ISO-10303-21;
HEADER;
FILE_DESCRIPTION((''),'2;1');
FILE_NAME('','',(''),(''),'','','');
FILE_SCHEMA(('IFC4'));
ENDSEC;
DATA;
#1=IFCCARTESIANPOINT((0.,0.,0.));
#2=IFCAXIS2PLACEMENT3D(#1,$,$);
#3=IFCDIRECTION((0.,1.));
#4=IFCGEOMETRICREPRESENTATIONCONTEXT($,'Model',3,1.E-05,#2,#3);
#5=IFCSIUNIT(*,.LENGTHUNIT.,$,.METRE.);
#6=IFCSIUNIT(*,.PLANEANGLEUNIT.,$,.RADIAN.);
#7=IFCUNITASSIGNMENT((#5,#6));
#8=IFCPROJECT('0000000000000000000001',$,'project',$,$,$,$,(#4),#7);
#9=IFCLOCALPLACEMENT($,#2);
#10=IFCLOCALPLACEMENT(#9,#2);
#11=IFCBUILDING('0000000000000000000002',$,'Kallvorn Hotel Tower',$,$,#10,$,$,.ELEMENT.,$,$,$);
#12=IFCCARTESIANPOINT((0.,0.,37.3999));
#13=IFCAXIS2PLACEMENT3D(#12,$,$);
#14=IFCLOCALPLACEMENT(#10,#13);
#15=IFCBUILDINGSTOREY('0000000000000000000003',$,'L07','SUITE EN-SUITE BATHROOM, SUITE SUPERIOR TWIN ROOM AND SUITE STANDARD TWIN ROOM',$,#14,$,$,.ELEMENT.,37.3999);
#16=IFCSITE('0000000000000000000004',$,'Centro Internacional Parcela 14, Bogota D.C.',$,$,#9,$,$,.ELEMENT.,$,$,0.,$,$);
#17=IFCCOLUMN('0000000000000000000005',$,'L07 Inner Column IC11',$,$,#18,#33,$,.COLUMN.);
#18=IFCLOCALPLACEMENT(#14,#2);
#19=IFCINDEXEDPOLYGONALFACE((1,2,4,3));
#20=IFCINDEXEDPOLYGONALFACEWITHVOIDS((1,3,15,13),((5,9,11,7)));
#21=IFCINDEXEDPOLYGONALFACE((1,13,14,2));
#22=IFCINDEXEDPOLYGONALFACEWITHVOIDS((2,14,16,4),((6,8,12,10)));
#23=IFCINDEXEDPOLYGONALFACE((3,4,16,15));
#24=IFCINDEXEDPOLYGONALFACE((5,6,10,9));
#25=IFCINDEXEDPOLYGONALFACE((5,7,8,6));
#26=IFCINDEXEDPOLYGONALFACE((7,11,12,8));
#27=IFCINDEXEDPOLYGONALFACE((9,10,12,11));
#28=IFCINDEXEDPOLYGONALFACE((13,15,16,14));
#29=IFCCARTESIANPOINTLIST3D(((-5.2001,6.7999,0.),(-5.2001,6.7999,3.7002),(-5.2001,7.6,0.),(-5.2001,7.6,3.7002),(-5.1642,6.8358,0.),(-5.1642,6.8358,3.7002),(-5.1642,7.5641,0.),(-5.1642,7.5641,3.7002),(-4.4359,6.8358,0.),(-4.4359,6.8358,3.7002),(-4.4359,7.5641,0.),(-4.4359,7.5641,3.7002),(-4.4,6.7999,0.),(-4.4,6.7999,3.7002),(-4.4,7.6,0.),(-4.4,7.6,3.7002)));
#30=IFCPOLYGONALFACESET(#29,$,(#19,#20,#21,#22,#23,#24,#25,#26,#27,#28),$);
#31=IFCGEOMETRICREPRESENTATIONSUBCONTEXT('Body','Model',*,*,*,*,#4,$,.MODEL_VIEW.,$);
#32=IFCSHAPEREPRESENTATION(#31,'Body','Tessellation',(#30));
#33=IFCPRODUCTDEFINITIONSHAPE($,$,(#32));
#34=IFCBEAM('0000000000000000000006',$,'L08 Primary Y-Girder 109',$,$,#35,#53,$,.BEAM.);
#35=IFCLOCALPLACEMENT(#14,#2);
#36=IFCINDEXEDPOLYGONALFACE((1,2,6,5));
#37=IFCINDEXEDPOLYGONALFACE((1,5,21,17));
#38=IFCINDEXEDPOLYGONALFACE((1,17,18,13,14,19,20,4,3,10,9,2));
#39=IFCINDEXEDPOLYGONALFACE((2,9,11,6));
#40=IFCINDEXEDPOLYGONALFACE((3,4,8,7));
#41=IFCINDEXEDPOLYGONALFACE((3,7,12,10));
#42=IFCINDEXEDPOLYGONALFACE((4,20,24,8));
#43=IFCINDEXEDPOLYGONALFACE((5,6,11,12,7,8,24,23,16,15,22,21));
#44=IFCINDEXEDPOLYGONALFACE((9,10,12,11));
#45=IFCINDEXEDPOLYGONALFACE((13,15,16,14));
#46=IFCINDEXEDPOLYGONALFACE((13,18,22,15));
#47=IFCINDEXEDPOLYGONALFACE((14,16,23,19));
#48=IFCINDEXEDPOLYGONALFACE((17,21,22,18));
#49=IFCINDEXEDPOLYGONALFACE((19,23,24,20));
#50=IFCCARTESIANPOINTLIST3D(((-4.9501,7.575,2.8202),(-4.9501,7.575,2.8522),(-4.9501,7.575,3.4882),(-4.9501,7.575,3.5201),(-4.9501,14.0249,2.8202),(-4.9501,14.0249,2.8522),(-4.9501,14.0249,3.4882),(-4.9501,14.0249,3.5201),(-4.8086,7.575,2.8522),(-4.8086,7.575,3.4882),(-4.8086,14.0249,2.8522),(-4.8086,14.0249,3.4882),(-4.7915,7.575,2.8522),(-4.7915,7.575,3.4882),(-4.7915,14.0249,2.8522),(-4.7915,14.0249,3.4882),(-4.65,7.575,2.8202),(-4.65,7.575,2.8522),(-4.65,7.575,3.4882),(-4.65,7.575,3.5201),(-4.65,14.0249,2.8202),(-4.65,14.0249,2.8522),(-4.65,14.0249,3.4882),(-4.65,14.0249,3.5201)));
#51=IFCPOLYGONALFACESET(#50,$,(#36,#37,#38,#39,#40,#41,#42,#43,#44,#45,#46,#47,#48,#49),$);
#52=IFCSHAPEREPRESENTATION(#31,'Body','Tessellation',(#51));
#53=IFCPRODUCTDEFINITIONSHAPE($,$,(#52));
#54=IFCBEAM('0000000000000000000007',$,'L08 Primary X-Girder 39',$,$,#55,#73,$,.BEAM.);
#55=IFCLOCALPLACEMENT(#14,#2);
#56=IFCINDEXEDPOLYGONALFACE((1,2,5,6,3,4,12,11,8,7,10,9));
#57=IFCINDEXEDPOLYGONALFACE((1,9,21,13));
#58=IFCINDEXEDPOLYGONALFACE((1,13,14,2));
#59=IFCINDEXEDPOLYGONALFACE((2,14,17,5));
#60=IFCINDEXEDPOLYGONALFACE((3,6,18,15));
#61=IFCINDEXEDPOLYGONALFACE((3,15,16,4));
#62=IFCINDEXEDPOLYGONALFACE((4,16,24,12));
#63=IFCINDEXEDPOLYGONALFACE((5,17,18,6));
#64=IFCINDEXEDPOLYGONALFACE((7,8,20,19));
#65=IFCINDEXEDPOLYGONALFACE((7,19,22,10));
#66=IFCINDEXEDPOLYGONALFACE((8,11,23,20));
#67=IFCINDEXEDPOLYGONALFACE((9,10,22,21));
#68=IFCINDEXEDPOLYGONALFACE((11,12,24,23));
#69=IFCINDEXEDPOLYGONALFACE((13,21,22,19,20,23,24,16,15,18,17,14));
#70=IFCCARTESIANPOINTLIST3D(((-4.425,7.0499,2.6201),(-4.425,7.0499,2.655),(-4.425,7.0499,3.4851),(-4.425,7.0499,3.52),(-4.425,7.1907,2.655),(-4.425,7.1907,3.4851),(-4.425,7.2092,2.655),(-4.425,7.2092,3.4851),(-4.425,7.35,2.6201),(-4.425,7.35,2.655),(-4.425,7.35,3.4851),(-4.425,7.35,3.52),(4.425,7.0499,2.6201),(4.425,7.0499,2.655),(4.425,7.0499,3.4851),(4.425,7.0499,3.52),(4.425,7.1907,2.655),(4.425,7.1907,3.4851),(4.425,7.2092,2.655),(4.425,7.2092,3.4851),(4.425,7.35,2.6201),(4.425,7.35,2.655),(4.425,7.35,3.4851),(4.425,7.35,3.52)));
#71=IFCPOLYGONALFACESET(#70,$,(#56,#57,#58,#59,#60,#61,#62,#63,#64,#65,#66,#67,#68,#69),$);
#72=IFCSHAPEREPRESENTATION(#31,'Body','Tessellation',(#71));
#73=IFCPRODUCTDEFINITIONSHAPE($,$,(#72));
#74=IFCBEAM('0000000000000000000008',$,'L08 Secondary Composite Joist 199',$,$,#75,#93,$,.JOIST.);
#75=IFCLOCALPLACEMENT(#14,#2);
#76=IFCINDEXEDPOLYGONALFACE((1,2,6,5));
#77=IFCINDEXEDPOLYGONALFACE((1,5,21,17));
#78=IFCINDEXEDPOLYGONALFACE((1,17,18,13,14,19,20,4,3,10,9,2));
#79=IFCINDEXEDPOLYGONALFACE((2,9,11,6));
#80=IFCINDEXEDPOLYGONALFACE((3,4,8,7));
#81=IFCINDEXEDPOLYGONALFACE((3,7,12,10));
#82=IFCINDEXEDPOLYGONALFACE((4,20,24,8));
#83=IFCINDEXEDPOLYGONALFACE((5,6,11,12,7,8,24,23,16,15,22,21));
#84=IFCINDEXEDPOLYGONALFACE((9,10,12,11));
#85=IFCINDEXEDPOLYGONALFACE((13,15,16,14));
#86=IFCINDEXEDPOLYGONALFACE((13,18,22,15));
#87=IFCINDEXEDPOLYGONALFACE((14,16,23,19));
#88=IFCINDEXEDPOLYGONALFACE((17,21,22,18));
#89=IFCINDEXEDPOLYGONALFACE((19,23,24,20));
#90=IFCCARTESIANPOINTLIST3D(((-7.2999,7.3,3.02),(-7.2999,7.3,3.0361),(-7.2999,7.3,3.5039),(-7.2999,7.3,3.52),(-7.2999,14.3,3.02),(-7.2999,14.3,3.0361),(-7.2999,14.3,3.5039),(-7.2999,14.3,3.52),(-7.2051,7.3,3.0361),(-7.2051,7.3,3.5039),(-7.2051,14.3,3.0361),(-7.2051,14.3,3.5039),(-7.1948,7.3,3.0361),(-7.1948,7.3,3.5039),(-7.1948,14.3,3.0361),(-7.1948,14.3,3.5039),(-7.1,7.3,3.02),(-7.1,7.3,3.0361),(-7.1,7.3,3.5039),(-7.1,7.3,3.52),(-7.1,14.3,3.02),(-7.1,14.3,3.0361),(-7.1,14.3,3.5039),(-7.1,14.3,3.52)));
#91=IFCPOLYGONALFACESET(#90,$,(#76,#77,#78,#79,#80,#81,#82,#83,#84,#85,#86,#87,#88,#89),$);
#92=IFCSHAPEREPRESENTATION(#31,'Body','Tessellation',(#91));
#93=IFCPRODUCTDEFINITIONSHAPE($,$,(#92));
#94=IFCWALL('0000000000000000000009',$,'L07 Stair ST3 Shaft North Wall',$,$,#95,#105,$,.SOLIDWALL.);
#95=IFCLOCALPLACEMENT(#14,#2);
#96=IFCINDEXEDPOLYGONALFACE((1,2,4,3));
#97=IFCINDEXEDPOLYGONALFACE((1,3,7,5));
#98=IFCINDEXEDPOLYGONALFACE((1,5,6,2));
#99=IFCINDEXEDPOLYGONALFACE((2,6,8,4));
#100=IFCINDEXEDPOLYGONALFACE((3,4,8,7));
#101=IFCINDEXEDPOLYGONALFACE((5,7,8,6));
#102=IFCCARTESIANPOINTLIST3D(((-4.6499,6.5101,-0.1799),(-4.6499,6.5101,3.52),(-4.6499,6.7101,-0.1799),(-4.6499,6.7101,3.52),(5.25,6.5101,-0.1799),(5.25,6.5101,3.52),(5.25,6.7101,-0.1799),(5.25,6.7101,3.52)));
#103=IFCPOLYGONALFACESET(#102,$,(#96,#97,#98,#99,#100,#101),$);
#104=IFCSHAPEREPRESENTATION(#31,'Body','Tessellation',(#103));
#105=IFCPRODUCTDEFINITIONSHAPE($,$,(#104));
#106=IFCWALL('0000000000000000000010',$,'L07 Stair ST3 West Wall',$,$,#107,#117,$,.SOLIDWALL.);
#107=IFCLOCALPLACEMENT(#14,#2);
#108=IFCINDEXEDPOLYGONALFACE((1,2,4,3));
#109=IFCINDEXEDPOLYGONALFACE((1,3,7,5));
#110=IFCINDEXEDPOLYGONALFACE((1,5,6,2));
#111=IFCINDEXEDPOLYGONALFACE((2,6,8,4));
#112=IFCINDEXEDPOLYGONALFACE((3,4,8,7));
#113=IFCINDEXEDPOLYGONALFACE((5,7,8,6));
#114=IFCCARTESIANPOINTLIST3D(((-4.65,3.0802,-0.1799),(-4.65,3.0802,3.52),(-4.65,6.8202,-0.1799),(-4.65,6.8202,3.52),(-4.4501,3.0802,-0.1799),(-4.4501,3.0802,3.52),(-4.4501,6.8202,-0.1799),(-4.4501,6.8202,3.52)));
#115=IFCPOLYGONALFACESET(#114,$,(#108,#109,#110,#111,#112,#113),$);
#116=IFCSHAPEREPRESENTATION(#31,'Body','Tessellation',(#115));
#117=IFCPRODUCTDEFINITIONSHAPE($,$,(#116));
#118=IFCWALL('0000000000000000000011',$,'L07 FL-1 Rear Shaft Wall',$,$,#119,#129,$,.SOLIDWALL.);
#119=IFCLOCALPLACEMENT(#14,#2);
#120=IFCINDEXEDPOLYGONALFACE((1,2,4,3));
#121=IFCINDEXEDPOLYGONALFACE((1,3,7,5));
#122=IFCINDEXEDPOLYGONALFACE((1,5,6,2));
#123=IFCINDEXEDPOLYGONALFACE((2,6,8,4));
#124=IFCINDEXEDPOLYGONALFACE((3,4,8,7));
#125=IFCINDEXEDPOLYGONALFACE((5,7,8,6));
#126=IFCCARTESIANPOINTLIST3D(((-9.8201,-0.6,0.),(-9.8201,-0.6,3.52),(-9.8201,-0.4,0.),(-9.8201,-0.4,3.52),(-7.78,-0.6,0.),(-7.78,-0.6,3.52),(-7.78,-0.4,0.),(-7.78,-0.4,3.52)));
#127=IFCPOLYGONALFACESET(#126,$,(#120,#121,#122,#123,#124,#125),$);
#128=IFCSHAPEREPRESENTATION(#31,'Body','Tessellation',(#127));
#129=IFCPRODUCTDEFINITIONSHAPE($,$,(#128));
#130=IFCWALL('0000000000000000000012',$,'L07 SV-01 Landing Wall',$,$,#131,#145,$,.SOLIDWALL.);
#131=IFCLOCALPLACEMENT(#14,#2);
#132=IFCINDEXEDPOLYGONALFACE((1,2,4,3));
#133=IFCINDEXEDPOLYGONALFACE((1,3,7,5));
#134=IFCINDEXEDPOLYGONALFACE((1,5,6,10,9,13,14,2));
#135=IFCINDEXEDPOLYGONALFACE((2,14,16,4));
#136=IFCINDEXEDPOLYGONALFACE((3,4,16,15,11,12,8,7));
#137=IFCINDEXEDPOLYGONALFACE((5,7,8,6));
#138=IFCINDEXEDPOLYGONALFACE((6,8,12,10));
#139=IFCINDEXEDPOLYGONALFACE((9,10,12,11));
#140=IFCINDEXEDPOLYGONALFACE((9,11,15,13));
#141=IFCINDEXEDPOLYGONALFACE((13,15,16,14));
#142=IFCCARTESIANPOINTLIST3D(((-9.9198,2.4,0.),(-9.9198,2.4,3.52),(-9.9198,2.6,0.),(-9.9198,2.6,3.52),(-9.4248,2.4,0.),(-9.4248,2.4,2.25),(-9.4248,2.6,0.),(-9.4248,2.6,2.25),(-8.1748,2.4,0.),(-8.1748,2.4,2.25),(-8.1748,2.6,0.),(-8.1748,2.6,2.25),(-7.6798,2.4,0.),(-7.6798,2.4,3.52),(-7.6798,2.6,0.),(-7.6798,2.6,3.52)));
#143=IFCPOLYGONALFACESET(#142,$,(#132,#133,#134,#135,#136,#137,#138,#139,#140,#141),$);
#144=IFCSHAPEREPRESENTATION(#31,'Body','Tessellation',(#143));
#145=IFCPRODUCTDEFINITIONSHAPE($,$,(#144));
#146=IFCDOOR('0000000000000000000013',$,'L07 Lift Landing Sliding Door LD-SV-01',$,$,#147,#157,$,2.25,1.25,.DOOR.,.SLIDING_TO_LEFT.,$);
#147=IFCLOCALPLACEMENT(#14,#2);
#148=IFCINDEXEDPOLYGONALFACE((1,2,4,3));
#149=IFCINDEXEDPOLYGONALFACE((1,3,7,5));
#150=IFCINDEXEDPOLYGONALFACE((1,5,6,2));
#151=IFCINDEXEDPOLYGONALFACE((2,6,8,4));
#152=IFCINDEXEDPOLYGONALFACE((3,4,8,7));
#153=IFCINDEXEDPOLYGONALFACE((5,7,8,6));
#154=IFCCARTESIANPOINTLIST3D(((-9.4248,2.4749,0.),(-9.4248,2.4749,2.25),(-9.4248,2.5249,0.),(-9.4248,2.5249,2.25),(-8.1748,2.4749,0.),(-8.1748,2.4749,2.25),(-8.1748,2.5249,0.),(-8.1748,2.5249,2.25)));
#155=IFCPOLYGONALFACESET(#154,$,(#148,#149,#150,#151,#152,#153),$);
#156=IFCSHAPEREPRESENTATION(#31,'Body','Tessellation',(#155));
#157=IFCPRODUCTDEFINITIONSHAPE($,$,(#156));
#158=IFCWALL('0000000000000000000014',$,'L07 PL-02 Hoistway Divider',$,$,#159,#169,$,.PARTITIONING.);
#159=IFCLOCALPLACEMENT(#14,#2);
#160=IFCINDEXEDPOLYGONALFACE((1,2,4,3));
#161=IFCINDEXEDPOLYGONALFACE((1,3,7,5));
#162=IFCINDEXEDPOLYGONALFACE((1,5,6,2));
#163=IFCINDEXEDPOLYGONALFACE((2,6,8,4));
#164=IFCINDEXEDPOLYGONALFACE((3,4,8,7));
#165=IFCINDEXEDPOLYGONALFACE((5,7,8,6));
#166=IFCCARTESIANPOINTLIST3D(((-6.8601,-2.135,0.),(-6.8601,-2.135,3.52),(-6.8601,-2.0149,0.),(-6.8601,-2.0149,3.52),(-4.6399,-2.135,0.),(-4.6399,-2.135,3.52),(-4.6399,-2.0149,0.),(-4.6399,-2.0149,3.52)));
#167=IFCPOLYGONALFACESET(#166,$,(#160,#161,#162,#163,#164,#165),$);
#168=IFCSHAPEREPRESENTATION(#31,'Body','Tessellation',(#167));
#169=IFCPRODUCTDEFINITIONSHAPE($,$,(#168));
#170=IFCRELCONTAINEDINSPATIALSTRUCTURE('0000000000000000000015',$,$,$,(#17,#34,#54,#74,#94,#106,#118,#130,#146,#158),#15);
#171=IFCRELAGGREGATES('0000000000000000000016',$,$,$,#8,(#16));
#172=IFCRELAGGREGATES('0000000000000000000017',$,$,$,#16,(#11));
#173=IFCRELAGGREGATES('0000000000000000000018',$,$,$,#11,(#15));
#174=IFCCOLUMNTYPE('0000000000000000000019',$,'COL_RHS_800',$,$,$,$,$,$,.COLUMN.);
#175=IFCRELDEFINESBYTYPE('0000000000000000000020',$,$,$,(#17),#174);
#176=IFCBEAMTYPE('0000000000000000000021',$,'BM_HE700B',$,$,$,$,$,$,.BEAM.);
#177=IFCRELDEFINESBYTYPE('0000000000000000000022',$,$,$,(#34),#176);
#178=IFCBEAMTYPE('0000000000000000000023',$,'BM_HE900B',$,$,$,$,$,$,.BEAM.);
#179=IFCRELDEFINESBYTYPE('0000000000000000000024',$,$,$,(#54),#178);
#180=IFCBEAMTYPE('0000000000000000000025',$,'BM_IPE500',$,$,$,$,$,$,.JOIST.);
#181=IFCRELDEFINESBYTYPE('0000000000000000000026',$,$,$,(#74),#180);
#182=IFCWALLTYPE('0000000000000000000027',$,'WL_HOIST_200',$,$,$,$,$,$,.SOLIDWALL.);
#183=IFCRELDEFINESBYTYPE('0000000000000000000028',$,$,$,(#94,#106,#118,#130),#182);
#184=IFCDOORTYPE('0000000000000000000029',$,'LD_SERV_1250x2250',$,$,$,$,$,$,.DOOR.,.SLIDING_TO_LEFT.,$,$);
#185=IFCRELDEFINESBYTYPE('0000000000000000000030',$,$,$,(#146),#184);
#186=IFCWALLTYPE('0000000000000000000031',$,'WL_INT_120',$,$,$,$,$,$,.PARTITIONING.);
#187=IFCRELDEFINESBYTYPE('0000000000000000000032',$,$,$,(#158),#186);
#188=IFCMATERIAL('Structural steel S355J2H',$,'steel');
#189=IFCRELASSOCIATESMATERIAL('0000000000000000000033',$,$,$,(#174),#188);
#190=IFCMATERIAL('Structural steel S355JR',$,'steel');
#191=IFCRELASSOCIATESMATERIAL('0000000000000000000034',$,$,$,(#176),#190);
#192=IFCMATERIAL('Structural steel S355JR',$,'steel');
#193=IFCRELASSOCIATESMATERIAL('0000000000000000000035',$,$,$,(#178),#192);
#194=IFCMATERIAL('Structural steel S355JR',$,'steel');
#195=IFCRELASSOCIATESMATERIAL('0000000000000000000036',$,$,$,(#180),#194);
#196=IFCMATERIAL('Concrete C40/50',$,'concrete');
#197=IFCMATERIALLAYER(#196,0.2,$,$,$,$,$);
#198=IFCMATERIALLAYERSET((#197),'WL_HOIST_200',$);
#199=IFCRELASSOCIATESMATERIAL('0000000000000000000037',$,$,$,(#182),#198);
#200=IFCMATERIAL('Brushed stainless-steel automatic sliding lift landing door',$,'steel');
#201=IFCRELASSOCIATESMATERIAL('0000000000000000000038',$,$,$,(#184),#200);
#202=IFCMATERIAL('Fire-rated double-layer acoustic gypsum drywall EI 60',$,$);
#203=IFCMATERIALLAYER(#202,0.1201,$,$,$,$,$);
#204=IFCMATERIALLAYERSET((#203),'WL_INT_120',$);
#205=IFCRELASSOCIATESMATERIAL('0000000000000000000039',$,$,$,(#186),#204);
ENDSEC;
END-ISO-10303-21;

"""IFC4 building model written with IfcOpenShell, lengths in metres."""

from ifc_helpers import new_model, si_unit, direction, frame, frame_2d, origin, origin_2d, place, context, subcontext, project, spatial, rectangle, hollow_rectangle, i_section, extrude, material, layer, layer_set, material_profile, profile_set, type_object, element, fill, save


model = new_model("IFC4")

# Units and contexts
model_context = context("Model", 3, precision=1e-05, world=origin(), true_north=direction((0.0, 1.0)))
body_context = subcontext(model_context, "Body", "Model", "MODEL_VIEW")
ifc_project = project(units=[si_unit("LENGTHUNIT", "METRE"), si_unit("PLANEANGLEUNIT", "RADIAN")], contexts=[model_context])

# Site, building, storey
site_placement = place(None, origin())
site = spatial("IfcSite", under=ifc_project, at=site_placement, Name="Centro Internacional Parcela 14, Bogota D.C.", CompositionType="ELEMENT", RefElevation=0.0)
building_placement = place(site_placement, origin())
building = spatial("IfcBuilding", under=site, at=building_placement, Name="Kallvorn Hotel Tower", CompositionType="ELEMENT")
storey_placement = place(building_placement, frame((0.0, 0.0, 37.3999)))
storey = spatial("IfcBuildingStorey", under=building, at=storey_placement, Name="L07", Description="SUITE EN-SUITE BATHROOM, SUITE SUPERIOR TWIN ROOM AND SUITE STANDARD TWIN ROOM", CompositionType="ELEMENT", Elevation=37.3999)

# Column
ifc_material_1 = material(Name="Structural steel S355J2H", Category="steel")
ifc_material_profile_1 = material_profile(ifc_material_1, hollow_rectangle(XDim=0.8, YDim=0.8, WallThickness=0.0359, at=origin_2d()), Name="RHS 800x800x36")
ifc_profile_set_1 = profile_set([ifc_material_profile_1], Name="Structural steel S355J2H")
column_type = type_object("IfcColumnType", Name="COL_RHS_800", PredefinedType="COLUMN", material=ifc_profile_set_1)
column_placement = place(storey_placement, frame((-4.8, 7.2, 0.0), z_axis=(0.0, 0.0, 1.0), x_axis=(1.0, 0.0, 0.0)))
element("IfcColumn", 1, at=column_placement, inside=storey, type_object=column_type, Name="L07 Inner Column IC11", PredefinedType="COLUMN", context=body_context, shape_type="SweptSolid", body=[
    extrude(hollow_rectangle(XDim=0.8, YDim=0.8, WallThickness=0.0359, at=origin_2d()), origin(), (0.0, 0.0, 1.0), 3.7002),
])

# Beams
ifc_material_2 = material(Name="Structural steel S355JR", Category="steel")
ifc_material_profile_2 = material_profile(ifc_material_2, i_section(OverallWidth=0.3, OverallDepth=0.7, WebThickness=0.0171, FlangeThickness=0.032, at=origin_2d()), Name="HE 700 B")
ifc_profile_set_2 = profile_set([ifc_material_profile_2], Name="Structural steel S355JR")
beam_type_1 = type_object("IfcBeamType", Name="BM_HE700B", PredefinedType="BEAM", material=ifc_profile_set_2)
beam_1_placement = place(storey_placement, frame((-4.8, 7.575, 3.1702), z_axis=(0.0, 1.0, 0.0), x_axis=(-1.0, 0.0, 0.0)))
element("IfcBeam", 2, at=beam_1_placement, inside=storey, type_object=beam_type_1, Name="L08 Primary Y-Girder 109", PredefinedType="BEAM", context=body_context, shape_type="SweptSolid", body=[
    extrude(i_section(OverallWidth=0.3, OverallDepth=0.7, WebThickness=0.0171, FlangeThickness=0.032, at=origin_2d()), origin(), (0.0, 0.0, 1.0), 6.45),
])
ifc_material_3 = material(Name="Structural steel S355JR", Category="steel")
ifc_material_profile_3 = material_profile(ifc_material_3, i_section(OverallWidth=0.3, OverallDepth=0.8999, WebThickness=0.0186, FlangeThickness=0.0349, at=origin_2d()), Name="HE 900 B")
ifc_profile_set_3 = profile_set([ifc_material_profile_3], Name="Structural steel S355JR")
beam_type_2 = type_object("IfcBeamType", Name="BM_HE900B", PredefinedType="BEAM", material=ifc_profile_set_3)
beam_2_placement = place(storey_placement, frame((-4.425, 7.2, 3.0701), z_axis=(1.0, 0.0, 0.0), x_axis=(0.0, 1.0, 0.0)))
element("IfcBeam", 3, at=beam_2_placement, inside=storey, type_object=beam_type_2, Name="L08 Primary X-Girder 39", PredefinedType="BEAM", context=body_context, shape_type="SweptSolid", body=[
    extrude(i_section(OverallWidth=0.3, OverallDepth=0.8999, WebThickness=0.0186, FlangeThickness=0.0349, at=origin_2d()), origin(), (0.0, 0.0, 1.0), 8.8501),
])
ifc_material_4 = material(Name="Structural steel S355JR", Category="steel")
ifc_material_profile_4 = material_profile(ifc_material_4, i_section(OverallWidth=0.2, OverallDepth=0.5, WebThickness=0.0103, FlangeThickness=0.0161, at=origin_2d()), Name="IPE 500")
ifc_profile_set_4 = profile_set([ifc_material_profile_4], Name="Structural steel S355JR")
beam_type_3 = type_object("IfcBeamType", Name="BM_IPE500", PredefinedType="JOIST", material=ifc_profile_set_4)
beam_3_placement = place(storey_placement, frame((-7.2, 7.3, 3.27), z_axis=(0.0, 1.0, 0.0), x_axis=(-1.0, 0.0, 0.0)))
element("IfcBeam", 4, at=beam_3_placement, inside=storey, type_object=beam_type_3, Name="L08 Secondary Composite Joist 199", PredefinedType="JOIST", context=body_context, shape_type="SweptSolid", body=[
    extrude(i_section(OverallWidth=0.2, OverallDepth=0.5, WebThickness=0.0103, FlangeThickness=0.0161, at=origin_2d()), origin(), (0.0, 0.0, 1.0), 7.0),
])

# Walls
ifc_material_5 = material(Name="Concrete C40/50", Category="concrete")
ifc_layer_1 = layer(ifc_material_5, 0.2)
ifc_layer_set_1 = layer_set([ifc_layer_1], Name="WL_HOIST_200")
wall_type_1 = type_object("IfcWallType", Name="WL_HOIST_200", PredefinedType="SOLIDWALL", material=ifc_layer_set_1)
wall_1_placement = place(storey_placement, frame((-4.6499, 6.6101, -0.1799), z_axis=(0.0, 0.0, 1.0), x_axis=(1.0, 0.0, 0.0)))
element("IfcWall", 5, at=wall_1_placement, inside=storey, type_object=wall_type_1, Name="L07 Stair ST3 Shaft North Wall", PredefinedType="SOLIDWALL", context=body_context, shape_type="SweptSolid", body=[
    extrude(rectangle(XDim=9.8999, YDim=0.2, at=frame_2d((4.95, 0.0))), origin(), (0.0, 0.0, 1.0), 3.7),
])
wall_2_placement = place(storey_placement, frame((-4.55, 3.0801, -0.1799), z_axis=(0.0, 0.0, 1.0), x_axis=(0.0, 1.0, 0.0)))
element("IfcWall", 6, at=wall_2_placement, inside=storey, type_object=wall_type_1, Name="L07 Stair ST3 West Wall", PredefinedType="SOLIDWALL", context=body_context, shape_type="SweptSolid", body=[
    extrude(rectangle(XDim=3.74, YDim=0.2, at=frame_2d((1.8701, 0.0))), origin(), (0.0, 0.0, 1.0), 3.7),
])
wall_3_placement = place(storey_placement, frame((-9.8201, -0.5, 0.0), z_axis=(0.0, 0.0, 1.0), x_axis=(1.0, 0.0, 0.0)))
element("IfcWall", 7, at=wall_3_placement, inside=storey, type_object=wall_type_1, Name="L07 FL-1 Rear Shaft Wall", PredefinedType="SOLIDWALL", context=body_context, shape_type="SweptSolid", body=[
    extrude(rectangle(XDim=2.04, YDim=0.2, at=frame_2d((1.02, 0.0))), origin(), (0.0, 0.0, 1.0), 3.52),
])

# Wall, opening, door
wall_4_placement = place(storey_placement, frame((-9.9199, 2.5, 0.0), z_axis=(0.0, 0.0, 1.0), x_axis=(1.0, 0.0, 0.0)))
wall_4 = element("IfcWall", 8, at=wall_4_placement, inside=storey, type_object=wall_type_1, Name="L07 SV-01 Landing Wall", PredefinedType="SOLIDWALL", context=body_context, shape_type="SweptSolid", body=[
    extrude(rectangle(XDim=2.24, YDim=0.2, at=frame_2d((1.1201, 0.0))), origin(), (0.0, 0.0, 1.0), 3.52),
])
opening_1_placement = place(wall_4_placement, frame((0.4951, 0.0, 0.0)))
opening_1 = element("IfcOpeningElement", 9, at=opening_1_placement, cuts=wall_4, PredefinedType="OPENING", context=body_context, shape_type="SweptSolid", body=[
    extrude(rectangle(XDim=1.25, YDim=2.25, at=frame_2d((0.625, 1.125))), frame((0.0, 0.115, 0.0), z_axis=(0.0, -1.0, 0.0), x_axis=(1.0, 0.0, 0.0)), (0.0, 0.0, 1.0), 0.23),
])
ifc_material_6 = material(Name="Brushed stainless-steel automatic sliding lift landing door", Category="steel")
door_type_1 = type_object("IfcDoorType", Name="LD_SERV_1250x2250", OperationType="SLIDING_TO_LEFT", PredefinedType="DOOR", material=ifc_material_6)
door_1_placement = place(opening_1_placement, origin())
door_1 = element("IfcDoor", 10, at=door_1_placement, inside=storey, type_object=door_type_1, Name="L07 Lift Landing Sliding Door LD-SV-01", OperationType="SLIDING_TO_LEFT", OverallHeight=2.25, OverallWidth=1.25, PredefinedType="DOOR", context=body_context, shape_type="SweptSolid", body=[
    extrude(rectangle(XDim=1.25, YDim=2.25, at=frame_2d((0.625, 1.125))), frame((0.0, 0.0249, 0.0), z_axis=(0.0, -1.0, 0.0), x_axis=(1.0, 0.0, 0.0)), (0.0, 0.0, 1.0), 0.05),
])
fill(opening_1, door_1)

# Wall
ifc_material_7 = material(Name="Fire-rated double-layer acoustic gypsum drywall EI 60")
ifc_layer_2 = layer(ifc_material_7, 0.1201)
ifc_layer_set_2 = layer_set([ifc_layer_2], Name="WL_INT_120")
wall_type_2 = type_object("IfcWallType", Name="WL_INT_120", PredefinedType="PARTITIONING", material=ifc_layer_set_2)
for number, where, z_axis, x_axis, name in (
    (11, (-6.8601, -2.075, 0.0), (0.0, 0.0, 1.0), (1.0, 0.0, 0.0), "L07 PL-02 Hoistway Divider"),
):
    element("IfcWall", number, at=place(storey_placement, frame(where, z_axis=z_axis, x_axis=x_axis)), inside=storey, type_object=wall_type_2, Name=name, PredefinedType="PARTITIONING", context=body_context, shape_type="SweptSolid", body=[
        extrude(rectangle(XDim=2.2202, YDim=0.1201, at=frame_2d((1.1101, 0.0))), origin(), (0.0, 0.0, 1.0), 3.52),
    ])

save(model, "model.ifc")
